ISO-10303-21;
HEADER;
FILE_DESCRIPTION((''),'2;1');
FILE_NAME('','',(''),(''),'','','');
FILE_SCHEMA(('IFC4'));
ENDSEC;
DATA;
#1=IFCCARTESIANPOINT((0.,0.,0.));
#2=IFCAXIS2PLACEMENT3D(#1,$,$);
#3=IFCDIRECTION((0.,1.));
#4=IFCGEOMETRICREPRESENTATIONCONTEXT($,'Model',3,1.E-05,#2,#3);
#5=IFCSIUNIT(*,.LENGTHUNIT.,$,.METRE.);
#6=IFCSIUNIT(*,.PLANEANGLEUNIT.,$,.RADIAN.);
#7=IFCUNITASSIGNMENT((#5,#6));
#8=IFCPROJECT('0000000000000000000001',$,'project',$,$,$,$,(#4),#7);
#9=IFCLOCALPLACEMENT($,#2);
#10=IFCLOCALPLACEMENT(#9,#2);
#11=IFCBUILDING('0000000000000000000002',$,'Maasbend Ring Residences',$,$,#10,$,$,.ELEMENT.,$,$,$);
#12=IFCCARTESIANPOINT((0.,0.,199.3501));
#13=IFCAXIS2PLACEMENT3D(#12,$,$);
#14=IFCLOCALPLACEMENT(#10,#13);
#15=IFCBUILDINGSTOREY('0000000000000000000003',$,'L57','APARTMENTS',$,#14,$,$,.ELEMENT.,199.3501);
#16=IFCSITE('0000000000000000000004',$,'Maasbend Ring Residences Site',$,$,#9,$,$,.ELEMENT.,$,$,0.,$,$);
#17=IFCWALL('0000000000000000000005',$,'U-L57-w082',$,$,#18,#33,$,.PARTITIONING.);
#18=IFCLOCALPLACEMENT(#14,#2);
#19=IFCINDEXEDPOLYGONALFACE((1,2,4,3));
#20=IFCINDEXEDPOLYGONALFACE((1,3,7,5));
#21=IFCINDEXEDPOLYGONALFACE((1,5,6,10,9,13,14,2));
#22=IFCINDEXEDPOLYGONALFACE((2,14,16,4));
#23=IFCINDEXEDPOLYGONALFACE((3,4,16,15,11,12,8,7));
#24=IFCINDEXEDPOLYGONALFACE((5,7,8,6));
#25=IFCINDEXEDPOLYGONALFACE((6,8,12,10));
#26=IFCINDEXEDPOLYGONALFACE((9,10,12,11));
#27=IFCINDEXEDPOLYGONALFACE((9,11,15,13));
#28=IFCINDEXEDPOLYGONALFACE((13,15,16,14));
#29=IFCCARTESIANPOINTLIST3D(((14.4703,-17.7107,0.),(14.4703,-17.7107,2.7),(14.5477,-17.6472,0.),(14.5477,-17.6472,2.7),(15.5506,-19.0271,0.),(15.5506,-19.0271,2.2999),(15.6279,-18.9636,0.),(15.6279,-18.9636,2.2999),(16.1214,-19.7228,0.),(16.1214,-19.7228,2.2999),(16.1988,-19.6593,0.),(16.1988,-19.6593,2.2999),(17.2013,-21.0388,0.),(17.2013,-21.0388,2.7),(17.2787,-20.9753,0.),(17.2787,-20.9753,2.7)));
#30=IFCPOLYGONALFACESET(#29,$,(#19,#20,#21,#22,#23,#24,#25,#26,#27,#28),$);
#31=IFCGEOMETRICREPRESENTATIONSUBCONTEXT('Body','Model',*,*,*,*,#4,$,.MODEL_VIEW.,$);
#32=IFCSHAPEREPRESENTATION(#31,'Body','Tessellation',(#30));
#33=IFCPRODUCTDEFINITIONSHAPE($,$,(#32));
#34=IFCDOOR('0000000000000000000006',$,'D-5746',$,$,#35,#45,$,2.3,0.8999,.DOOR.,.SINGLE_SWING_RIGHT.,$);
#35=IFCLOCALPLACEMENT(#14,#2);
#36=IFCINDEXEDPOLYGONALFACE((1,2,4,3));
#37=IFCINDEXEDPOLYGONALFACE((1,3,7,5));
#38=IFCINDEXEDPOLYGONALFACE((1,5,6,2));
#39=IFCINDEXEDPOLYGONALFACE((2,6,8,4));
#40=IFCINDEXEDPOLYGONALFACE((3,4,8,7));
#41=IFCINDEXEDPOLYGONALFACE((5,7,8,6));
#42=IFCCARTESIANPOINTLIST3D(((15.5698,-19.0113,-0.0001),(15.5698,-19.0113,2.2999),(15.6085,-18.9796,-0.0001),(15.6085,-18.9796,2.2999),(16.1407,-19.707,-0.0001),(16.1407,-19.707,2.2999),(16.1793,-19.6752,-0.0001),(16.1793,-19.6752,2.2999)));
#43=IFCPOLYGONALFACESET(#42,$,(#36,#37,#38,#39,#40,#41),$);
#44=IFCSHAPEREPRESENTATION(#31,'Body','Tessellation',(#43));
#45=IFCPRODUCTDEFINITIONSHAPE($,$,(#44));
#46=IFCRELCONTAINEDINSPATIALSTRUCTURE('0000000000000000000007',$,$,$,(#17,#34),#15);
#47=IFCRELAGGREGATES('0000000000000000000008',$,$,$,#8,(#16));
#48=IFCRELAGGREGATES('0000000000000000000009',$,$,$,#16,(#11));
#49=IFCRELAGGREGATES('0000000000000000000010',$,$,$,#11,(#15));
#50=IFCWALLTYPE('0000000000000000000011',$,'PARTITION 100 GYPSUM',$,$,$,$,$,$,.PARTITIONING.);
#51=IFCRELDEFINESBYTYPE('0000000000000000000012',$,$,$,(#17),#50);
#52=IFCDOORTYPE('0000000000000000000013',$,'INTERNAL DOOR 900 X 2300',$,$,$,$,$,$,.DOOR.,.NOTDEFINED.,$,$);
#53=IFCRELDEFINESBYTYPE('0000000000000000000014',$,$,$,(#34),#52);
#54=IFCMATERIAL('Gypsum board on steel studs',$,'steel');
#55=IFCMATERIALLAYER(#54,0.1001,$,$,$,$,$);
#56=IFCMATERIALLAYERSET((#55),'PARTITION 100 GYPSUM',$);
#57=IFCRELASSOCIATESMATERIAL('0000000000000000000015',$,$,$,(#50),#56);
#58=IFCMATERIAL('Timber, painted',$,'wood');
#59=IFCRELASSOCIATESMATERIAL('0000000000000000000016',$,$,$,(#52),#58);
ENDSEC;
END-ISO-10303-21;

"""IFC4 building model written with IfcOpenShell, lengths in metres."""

from ifc_helpers import new_model, si_unit, direction, frame, frame_2d, origin, place, context, subcontext, project, spatial, rectangle, extrude, material, layer, layer_set, type_object, element, fill, save


model = new_model("IFC4")

# Units and contexts
model_context = context("Model", 3, precision=1e-05, world=origin(), true_north=direction((0.0, 1.0)))
body_context = subcontext(model_context, "Body", "Model", "MODEL_VIEW")
ifc_project = project(units=[si_unit("LENGTHUNIT", "METRE"), si_unit("PLANEANGLEUNIT", "RADIAN")], contexts=[model_context])

# Site, building, storey
site_placement = place(None, origin())
site = spatial("IfcSite", under=ifc_project, at=site_placement, Name="Maasbend Ring Residences Site", CompositionType="ELEMENT", RefElevation=0.0)
building_placement = place(site_placement, origin())
building = spatial("IfcBuilding", under=site, at=building_placement, Name="Maasbend Ring Residences", CompositionType="ELEMENT")
storey_placement = place(building_placement, frame((0.0, 0.0, 199.3501)))
storey = spatial("IfcBuildingStorey", under=building, at=storey_placement, Name="L57", Description="APARTMENTS", CompositionType="ELEMENT", Elevation=199.3501)

# Shared definitions
ifc_material_1 = material(Name="Gypsum board on steel studs", Category="steel")
ifc_layer_1 = layer(ifc_material_1, 0.1001)
ifc_layer_set_1 = layer_set([ifc_layer_1], Name="PARTITION 100 GYPSUM")
wall_type_1 = type_object("IfcWallType", Name="PARTITION 100 GYPSUM", PredefinedType="PARTITIONING", material=ifc_layer_set_1)
ifc_material_2 = material(Name="Timber, painted", Category="wood")
door_type_1 = type_object("IfcDoorType", Name="INTERNAL DOOR 900 X 2300", OperationType="NOTDEFINED", PredefinedType="DOOR", material=ifc_material_2)

# Wall, opening, door
wall_1_placement = place(storey_placement, frame((14.509, -17.679, 0.0), z_axis=(0.0, 0.0, 1.0), x_axis=(0.634343, -0.773052, 0.0)))
wall_1 = element("IfcWall", 1, at=wall_1_placement, inside=storey, type_object=wall_type_1, Name="U-L57-w082", PredefinedType="PARTITIONING", context=body_context, shape_type="SweptSolid", body=[
    extrude(rectangle(XDim=4.3052, YDim=0.1001, at=frame_2d((2.1526, 0.0))), origin(), (0.0, 0.0, 1.0), 2.7),
])
opening_1_placement = place(wall_1_placement, frame((1.7029, 0.0, 0.0)))
opening_1 = element("IfcOpeningElement", 2, at=opening_1_placement, cuts=wall_1, PredefinedType="OPENING", context=body_context, shape_type="SweptSolid", body=[
    extrude(rectangle(XDim=0.8999, YDim=2.3, at=frame_2d((0.45, 1.1499))), frame((0.0, 0.0601, 0.0), z_axis=(0.0, -1.0, 0.0), x_axis=(1.0, 0.0, 0.0)), (0.0, 0.0, 1.0), 0.1201),
])
door_1_placement = place(opening_1_placement, origin())
door_1 = element("IfcDoor", 3, at=door_1_placement, inside=storey, type_object=door_type_1, Name="D-5746", OperationType="SINGLE_SWING_RIGHT", OverallHeight=2.3, OverallWidth=0.8999, PredefinedType="DOOR", context=body_context, shape_type="SweptSolid", body=[
    extrude(rectangle(XDim=0.8999, YDim=2.3, at=frame_2d((0.45, 1.1499))), frame((0.0, 0.0249, 0.0), z_axis=(0.0, -1.0, 0.0), x_axis=(1.0, 0.0, 0.0)), (0.0, 0.0, 1.0), 0.05),
])
fill(opening_1, door_1)

save(model, "model.ifc")
